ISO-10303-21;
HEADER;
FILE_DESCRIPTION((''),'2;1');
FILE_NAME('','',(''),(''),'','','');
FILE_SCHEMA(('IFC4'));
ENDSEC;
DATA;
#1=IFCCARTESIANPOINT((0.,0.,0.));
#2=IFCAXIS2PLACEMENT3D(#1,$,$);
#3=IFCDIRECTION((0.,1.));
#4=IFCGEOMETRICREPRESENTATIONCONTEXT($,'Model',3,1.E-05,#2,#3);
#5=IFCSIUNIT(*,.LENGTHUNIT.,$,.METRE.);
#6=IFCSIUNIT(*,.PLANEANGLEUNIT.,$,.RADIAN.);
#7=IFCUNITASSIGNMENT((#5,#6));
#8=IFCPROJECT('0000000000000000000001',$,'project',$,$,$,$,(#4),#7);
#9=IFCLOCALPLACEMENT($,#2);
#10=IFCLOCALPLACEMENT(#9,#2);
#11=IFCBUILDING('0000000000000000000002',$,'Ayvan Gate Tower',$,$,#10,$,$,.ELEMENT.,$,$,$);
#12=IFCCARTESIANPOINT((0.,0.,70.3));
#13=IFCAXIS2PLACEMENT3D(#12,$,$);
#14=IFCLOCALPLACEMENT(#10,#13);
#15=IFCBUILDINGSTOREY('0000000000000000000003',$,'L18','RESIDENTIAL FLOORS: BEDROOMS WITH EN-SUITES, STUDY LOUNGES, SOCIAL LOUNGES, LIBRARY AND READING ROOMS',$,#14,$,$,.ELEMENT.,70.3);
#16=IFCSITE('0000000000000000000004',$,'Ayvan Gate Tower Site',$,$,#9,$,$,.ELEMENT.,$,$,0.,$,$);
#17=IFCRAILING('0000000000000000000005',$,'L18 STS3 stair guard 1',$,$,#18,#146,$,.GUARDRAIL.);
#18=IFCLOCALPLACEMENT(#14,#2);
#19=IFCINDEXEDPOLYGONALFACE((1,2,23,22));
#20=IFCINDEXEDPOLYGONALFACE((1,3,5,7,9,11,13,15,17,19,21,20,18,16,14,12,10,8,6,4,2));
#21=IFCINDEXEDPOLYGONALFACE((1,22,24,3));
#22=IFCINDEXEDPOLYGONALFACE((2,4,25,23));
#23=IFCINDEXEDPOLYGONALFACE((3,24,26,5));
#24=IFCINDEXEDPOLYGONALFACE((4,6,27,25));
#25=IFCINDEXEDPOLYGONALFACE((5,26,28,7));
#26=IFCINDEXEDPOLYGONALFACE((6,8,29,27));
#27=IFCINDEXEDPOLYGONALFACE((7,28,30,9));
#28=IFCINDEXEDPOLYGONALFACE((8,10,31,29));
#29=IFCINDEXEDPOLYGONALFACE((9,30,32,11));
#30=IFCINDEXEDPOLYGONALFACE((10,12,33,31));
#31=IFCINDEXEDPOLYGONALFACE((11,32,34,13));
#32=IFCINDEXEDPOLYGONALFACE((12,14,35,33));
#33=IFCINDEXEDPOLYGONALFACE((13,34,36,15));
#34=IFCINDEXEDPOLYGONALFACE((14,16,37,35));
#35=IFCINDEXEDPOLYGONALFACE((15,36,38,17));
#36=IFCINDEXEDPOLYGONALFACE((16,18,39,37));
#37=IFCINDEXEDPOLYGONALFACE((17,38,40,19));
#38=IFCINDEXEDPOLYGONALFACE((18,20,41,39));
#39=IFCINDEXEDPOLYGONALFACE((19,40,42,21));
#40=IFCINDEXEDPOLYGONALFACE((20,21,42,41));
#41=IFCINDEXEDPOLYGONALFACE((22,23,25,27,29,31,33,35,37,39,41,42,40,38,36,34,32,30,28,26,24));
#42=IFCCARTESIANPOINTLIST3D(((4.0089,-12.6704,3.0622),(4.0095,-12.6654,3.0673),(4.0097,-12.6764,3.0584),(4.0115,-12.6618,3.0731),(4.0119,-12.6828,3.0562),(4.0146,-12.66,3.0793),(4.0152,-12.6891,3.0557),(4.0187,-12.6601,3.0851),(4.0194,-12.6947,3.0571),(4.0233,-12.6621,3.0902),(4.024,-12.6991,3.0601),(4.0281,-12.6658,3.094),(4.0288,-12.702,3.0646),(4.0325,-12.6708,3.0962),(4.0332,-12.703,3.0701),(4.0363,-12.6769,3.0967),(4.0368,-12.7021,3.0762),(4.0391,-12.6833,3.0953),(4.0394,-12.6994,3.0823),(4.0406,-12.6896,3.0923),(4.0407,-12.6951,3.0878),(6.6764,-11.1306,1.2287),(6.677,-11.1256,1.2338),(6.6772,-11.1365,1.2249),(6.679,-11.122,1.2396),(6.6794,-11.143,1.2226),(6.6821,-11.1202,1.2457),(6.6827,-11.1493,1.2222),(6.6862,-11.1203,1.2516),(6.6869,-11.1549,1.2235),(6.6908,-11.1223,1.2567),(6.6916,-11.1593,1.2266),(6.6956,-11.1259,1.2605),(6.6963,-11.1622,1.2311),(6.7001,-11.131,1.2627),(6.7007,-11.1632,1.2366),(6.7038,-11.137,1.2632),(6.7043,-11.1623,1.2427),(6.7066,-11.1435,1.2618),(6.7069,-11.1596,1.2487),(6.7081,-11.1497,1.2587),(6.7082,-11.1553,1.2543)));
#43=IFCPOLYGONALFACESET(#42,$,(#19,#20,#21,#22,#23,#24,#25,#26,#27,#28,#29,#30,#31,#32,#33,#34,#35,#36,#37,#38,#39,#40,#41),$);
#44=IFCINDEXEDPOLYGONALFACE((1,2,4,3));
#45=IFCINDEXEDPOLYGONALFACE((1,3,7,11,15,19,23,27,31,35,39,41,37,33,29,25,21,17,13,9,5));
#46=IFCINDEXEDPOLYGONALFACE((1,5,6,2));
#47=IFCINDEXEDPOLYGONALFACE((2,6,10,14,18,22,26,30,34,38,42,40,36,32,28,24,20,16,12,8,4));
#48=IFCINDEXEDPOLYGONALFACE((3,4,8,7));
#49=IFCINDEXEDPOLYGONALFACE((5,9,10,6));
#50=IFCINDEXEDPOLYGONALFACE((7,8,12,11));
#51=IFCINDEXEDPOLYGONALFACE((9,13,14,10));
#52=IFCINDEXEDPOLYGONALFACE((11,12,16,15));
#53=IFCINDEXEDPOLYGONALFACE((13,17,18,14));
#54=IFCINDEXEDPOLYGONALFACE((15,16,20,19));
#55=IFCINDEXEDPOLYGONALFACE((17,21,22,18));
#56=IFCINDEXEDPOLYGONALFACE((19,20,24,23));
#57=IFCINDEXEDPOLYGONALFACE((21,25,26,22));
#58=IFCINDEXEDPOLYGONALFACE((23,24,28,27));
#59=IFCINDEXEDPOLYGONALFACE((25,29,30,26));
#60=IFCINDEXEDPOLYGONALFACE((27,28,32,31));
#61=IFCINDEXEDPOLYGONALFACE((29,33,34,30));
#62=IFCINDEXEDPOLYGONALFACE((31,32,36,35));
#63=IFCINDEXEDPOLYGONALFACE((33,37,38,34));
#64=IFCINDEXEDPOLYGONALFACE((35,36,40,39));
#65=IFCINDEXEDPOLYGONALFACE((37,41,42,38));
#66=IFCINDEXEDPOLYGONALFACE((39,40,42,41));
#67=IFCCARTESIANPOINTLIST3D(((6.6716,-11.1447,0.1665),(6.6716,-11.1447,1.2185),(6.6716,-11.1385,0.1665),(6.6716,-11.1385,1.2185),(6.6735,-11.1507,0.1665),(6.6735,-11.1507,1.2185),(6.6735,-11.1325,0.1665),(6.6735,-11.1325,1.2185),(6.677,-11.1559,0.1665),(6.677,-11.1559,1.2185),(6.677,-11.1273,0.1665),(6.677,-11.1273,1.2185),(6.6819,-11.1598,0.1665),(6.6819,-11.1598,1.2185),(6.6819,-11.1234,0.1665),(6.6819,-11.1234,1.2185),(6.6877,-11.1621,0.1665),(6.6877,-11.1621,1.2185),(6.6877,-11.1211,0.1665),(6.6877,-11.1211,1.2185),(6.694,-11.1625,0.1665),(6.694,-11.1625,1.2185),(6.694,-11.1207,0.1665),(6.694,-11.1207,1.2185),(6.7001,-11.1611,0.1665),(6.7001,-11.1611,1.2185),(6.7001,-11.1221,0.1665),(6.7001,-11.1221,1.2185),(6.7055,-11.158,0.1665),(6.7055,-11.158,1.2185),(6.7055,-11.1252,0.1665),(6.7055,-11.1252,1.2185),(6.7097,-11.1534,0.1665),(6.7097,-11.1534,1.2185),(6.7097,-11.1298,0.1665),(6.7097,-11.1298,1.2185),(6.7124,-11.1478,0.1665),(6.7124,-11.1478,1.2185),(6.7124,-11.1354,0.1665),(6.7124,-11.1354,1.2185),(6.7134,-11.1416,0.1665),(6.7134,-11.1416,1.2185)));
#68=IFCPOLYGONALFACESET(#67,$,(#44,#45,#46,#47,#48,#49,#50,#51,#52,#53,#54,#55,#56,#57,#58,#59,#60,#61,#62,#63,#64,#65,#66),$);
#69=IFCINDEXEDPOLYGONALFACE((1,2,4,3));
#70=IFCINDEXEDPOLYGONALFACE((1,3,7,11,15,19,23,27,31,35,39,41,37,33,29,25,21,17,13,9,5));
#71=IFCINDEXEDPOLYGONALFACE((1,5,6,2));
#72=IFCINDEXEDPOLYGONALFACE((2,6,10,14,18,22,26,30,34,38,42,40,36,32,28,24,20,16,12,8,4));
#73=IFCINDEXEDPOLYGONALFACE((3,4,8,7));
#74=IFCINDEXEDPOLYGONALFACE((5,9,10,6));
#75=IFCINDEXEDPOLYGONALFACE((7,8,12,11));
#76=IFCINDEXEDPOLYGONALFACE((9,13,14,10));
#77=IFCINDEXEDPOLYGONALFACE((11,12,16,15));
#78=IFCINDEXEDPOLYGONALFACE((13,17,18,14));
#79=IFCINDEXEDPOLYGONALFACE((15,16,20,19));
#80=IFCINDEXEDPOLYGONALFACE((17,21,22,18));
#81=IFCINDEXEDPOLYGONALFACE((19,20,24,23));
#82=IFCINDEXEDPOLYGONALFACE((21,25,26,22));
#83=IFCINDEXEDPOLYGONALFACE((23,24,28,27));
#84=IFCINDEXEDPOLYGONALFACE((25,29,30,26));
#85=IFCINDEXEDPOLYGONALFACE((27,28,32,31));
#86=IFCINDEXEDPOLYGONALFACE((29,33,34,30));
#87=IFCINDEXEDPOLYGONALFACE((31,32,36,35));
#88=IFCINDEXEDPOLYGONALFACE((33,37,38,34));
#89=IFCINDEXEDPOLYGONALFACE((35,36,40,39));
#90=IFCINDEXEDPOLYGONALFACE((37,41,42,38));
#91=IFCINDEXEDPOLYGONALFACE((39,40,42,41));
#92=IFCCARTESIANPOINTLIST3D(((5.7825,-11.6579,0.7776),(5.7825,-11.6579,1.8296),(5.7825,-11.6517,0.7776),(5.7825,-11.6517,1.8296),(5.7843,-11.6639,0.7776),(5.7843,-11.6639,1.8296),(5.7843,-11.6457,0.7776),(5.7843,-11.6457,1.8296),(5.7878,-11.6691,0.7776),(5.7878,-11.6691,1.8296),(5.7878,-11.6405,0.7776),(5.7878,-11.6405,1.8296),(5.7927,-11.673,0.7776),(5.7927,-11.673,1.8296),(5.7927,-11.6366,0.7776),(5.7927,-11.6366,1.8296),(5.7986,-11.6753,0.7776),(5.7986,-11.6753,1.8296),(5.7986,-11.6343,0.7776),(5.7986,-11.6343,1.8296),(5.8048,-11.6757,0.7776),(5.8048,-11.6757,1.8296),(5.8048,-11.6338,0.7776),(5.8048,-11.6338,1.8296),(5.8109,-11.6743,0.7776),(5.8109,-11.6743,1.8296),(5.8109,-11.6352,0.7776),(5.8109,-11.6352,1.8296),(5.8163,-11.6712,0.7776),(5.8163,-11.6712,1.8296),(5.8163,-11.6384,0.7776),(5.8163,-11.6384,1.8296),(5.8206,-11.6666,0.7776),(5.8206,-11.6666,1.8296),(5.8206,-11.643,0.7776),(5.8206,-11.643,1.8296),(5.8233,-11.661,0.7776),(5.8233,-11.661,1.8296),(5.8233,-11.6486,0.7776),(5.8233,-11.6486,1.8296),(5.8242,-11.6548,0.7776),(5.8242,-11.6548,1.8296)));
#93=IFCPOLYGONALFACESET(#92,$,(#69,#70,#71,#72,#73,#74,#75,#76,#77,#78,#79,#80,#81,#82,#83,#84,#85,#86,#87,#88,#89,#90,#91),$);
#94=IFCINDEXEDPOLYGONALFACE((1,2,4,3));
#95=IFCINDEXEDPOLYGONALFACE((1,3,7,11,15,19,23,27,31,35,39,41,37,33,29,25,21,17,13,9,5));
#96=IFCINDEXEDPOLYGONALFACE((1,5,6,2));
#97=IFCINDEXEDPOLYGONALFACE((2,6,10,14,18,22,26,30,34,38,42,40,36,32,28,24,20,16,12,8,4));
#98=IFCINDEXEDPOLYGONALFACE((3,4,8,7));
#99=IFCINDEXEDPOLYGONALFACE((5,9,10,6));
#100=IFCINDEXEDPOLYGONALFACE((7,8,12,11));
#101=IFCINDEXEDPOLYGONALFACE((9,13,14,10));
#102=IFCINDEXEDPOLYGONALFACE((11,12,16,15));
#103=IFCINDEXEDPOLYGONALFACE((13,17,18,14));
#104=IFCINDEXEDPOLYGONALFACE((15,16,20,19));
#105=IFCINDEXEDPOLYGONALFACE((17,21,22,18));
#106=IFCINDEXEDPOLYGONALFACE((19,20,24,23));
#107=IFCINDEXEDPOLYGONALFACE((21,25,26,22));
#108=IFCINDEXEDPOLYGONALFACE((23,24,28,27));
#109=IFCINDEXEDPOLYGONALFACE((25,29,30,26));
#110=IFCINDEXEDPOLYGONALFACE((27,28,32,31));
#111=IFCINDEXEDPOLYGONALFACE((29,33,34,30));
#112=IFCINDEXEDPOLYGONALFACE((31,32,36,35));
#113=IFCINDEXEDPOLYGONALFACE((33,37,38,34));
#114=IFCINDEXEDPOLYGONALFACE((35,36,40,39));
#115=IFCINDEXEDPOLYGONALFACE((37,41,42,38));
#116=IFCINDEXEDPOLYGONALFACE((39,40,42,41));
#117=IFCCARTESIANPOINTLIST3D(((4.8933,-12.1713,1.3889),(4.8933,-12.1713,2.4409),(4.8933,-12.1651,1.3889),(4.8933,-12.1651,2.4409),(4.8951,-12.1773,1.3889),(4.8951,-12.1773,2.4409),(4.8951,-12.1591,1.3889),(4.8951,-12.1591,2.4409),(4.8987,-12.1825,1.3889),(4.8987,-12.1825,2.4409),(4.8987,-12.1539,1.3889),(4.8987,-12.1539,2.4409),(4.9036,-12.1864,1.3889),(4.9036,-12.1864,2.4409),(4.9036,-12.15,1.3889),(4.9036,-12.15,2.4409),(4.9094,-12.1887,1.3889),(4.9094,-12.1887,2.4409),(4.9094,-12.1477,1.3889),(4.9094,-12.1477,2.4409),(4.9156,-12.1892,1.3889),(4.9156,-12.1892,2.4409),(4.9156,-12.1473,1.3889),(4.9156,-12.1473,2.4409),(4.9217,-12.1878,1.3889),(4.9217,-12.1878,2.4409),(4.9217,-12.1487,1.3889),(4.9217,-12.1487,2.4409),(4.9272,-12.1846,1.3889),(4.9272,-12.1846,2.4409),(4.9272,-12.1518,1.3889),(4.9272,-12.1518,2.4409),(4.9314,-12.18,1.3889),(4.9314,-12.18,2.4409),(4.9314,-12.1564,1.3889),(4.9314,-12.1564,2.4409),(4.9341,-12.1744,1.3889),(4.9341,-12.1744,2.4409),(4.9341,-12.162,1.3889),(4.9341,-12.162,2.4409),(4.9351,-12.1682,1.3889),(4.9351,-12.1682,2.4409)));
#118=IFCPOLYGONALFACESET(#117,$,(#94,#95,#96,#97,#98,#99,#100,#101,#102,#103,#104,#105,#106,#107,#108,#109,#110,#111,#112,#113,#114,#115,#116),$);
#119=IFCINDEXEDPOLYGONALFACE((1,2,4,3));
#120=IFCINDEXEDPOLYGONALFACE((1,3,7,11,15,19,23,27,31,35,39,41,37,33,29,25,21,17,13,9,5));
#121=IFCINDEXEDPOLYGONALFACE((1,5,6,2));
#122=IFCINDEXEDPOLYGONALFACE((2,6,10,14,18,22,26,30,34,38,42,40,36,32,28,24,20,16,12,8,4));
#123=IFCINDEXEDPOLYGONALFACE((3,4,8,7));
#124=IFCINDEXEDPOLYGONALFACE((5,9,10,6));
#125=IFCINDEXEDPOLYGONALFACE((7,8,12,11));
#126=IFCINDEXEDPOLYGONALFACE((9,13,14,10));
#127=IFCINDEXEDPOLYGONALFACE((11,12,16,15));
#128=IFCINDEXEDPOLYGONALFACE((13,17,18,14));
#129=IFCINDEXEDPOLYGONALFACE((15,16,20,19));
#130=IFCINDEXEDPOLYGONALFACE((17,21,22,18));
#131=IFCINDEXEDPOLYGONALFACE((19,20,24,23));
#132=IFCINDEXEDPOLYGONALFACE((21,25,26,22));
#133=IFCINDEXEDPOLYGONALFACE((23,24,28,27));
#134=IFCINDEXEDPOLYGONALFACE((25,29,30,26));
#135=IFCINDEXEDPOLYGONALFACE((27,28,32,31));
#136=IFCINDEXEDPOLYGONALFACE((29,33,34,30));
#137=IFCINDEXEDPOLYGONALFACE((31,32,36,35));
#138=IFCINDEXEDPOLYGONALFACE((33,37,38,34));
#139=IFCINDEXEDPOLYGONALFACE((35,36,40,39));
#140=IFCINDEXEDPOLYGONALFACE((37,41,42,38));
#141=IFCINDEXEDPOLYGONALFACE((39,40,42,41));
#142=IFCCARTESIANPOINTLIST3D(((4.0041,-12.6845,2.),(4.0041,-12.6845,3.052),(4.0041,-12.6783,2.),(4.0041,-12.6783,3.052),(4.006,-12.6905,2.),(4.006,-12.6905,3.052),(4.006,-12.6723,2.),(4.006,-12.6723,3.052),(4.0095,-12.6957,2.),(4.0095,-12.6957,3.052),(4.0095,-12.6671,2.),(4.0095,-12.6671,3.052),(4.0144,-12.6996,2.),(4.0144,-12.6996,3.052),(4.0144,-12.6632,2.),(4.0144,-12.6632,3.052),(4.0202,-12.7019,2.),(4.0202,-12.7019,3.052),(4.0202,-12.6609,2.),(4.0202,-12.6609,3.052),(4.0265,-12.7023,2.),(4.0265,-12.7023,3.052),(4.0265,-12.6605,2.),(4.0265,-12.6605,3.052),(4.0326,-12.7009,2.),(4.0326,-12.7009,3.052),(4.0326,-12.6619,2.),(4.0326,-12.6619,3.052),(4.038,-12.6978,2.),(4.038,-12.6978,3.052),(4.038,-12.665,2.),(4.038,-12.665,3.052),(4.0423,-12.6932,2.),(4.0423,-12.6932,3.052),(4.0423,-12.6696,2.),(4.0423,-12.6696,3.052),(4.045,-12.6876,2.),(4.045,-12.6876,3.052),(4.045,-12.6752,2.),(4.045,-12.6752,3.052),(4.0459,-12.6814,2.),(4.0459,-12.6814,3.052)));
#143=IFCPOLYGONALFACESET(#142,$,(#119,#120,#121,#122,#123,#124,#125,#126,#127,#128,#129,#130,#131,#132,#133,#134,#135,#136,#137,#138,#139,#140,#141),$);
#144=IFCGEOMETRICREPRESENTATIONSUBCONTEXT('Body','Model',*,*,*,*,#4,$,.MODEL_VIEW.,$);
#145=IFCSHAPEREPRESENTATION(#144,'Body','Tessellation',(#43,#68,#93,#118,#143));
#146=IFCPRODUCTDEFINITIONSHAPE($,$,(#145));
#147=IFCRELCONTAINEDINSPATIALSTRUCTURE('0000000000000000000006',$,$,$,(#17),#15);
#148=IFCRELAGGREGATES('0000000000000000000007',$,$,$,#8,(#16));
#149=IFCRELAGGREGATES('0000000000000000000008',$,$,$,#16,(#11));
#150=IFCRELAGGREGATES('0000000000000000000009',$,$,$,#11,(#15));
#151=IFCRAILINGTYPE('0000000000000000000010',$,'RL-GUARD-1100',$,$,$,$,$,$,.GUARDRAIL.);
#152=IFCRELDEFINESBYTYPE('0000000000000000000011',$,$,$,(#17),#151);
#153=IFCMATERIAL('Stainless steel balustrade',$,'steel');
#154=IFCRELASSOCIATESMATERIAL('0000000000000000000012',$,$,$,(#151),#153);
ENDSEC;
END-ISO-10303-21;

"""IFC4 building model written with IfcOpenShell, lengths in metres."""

from ifc_helpers import new_model, si_unit, direction, frame, origin, origin_2d, place, context, subcontext, project, spatial, circle, extrude, material, type_object, element, save


model = new_model("IFC4")

# Units and contexts
model_context = context("Model", 3, precision=1e-05, world=origin(), true_north=direction((0.0, 1.0)))
body_context = subcontext(model_context, "Body", "Model", "MODEL_VIEW")
ifc_project = project(units=[si_unit("LENGTHUNIT", "METRE"), si_unit("PLANEANGLEUNIT", "RADIAN")], contexts=[model_context])

# Site, building, storey
site_placement = place(None, origin())
site = spatial("IfcSite", under=ifc_project, at=site_placement, Name="Ayvan Gate Tower Site", CompositionType="ELEMENT", RefElevation=0.0)
building_placement = place(site_placement, origin())
building = spatial("IfcBuilding", under=site, at=building_placement, Name="Ayvan Gate Tower", CompositionType="ELEMENT")
storey_placement = place(building_placement, frame((0.0, 0.0, 70.3)))
storey = spatial("IfcBuildingStorey", under=building, at=storey_placement, Name="L18", Description="RESIDENTIAL FLOORS: BEDROOMS WITH EN-SUITES, STUDY LOUNGES, SOCIAL LOUNGES, LIBRARY AND READING ROOMS", CompositionType="ELEMENT", Elevation=70.3)

# Railing
ifc_material_1 = material(Name="Stainless steel balustrade", Category="steel")
railing_type_1 = type_object("IfcRailingType", Name="RL-GUARD-1100", PredefinedType="GUARDRAIL", material=ifc_material_1)
railing_1_placement = place(storey_placement, frame((6.6924, -11.1416, 0.1665)))
element("IfcRailing", 1, at=railing_1_placement, inside=storey, type_object=railing_type_1, Name="L18 STS3 stair guard 1", PredefinedType="GUARDRAIL", context=body_context, shape_type="SweptSolid", body=[
    extrude(circle(Radius=0.0239, at=origin_2d()), frame((0.0, 0.0, 1.0762), z_axis=(-0.744186, -0.429579, 0.511517), x_axis=(0.499933, -0.866064, 0.0)), (0.0, 0.0, 1.0), 3.5845),
    extrude(circle(Radius=0.021, at=origin_2d()), origin(), (0.0, 0.0, 1.0), 1.052),
    extrude(circle(Radius=0.021, at=origin_2d()), frame((-0.8892, -0.5132, 0.6111)), (0.0, 0.0, 1.0), 1.052),
    extrude(circle(Radius=0.021, at=origin_2d()), frame((-1.7783, -1.0266, 1.2224)), (0.0, 0.0, 1.0), 1.052),
    extrude(circle(Radius=0.021, at=origin_2d()), frame((-2.6675, -1.5398, 1.8335)), (0.0, 0.0, 1.0), 1.052),
])

save(model, "model.ifc")
